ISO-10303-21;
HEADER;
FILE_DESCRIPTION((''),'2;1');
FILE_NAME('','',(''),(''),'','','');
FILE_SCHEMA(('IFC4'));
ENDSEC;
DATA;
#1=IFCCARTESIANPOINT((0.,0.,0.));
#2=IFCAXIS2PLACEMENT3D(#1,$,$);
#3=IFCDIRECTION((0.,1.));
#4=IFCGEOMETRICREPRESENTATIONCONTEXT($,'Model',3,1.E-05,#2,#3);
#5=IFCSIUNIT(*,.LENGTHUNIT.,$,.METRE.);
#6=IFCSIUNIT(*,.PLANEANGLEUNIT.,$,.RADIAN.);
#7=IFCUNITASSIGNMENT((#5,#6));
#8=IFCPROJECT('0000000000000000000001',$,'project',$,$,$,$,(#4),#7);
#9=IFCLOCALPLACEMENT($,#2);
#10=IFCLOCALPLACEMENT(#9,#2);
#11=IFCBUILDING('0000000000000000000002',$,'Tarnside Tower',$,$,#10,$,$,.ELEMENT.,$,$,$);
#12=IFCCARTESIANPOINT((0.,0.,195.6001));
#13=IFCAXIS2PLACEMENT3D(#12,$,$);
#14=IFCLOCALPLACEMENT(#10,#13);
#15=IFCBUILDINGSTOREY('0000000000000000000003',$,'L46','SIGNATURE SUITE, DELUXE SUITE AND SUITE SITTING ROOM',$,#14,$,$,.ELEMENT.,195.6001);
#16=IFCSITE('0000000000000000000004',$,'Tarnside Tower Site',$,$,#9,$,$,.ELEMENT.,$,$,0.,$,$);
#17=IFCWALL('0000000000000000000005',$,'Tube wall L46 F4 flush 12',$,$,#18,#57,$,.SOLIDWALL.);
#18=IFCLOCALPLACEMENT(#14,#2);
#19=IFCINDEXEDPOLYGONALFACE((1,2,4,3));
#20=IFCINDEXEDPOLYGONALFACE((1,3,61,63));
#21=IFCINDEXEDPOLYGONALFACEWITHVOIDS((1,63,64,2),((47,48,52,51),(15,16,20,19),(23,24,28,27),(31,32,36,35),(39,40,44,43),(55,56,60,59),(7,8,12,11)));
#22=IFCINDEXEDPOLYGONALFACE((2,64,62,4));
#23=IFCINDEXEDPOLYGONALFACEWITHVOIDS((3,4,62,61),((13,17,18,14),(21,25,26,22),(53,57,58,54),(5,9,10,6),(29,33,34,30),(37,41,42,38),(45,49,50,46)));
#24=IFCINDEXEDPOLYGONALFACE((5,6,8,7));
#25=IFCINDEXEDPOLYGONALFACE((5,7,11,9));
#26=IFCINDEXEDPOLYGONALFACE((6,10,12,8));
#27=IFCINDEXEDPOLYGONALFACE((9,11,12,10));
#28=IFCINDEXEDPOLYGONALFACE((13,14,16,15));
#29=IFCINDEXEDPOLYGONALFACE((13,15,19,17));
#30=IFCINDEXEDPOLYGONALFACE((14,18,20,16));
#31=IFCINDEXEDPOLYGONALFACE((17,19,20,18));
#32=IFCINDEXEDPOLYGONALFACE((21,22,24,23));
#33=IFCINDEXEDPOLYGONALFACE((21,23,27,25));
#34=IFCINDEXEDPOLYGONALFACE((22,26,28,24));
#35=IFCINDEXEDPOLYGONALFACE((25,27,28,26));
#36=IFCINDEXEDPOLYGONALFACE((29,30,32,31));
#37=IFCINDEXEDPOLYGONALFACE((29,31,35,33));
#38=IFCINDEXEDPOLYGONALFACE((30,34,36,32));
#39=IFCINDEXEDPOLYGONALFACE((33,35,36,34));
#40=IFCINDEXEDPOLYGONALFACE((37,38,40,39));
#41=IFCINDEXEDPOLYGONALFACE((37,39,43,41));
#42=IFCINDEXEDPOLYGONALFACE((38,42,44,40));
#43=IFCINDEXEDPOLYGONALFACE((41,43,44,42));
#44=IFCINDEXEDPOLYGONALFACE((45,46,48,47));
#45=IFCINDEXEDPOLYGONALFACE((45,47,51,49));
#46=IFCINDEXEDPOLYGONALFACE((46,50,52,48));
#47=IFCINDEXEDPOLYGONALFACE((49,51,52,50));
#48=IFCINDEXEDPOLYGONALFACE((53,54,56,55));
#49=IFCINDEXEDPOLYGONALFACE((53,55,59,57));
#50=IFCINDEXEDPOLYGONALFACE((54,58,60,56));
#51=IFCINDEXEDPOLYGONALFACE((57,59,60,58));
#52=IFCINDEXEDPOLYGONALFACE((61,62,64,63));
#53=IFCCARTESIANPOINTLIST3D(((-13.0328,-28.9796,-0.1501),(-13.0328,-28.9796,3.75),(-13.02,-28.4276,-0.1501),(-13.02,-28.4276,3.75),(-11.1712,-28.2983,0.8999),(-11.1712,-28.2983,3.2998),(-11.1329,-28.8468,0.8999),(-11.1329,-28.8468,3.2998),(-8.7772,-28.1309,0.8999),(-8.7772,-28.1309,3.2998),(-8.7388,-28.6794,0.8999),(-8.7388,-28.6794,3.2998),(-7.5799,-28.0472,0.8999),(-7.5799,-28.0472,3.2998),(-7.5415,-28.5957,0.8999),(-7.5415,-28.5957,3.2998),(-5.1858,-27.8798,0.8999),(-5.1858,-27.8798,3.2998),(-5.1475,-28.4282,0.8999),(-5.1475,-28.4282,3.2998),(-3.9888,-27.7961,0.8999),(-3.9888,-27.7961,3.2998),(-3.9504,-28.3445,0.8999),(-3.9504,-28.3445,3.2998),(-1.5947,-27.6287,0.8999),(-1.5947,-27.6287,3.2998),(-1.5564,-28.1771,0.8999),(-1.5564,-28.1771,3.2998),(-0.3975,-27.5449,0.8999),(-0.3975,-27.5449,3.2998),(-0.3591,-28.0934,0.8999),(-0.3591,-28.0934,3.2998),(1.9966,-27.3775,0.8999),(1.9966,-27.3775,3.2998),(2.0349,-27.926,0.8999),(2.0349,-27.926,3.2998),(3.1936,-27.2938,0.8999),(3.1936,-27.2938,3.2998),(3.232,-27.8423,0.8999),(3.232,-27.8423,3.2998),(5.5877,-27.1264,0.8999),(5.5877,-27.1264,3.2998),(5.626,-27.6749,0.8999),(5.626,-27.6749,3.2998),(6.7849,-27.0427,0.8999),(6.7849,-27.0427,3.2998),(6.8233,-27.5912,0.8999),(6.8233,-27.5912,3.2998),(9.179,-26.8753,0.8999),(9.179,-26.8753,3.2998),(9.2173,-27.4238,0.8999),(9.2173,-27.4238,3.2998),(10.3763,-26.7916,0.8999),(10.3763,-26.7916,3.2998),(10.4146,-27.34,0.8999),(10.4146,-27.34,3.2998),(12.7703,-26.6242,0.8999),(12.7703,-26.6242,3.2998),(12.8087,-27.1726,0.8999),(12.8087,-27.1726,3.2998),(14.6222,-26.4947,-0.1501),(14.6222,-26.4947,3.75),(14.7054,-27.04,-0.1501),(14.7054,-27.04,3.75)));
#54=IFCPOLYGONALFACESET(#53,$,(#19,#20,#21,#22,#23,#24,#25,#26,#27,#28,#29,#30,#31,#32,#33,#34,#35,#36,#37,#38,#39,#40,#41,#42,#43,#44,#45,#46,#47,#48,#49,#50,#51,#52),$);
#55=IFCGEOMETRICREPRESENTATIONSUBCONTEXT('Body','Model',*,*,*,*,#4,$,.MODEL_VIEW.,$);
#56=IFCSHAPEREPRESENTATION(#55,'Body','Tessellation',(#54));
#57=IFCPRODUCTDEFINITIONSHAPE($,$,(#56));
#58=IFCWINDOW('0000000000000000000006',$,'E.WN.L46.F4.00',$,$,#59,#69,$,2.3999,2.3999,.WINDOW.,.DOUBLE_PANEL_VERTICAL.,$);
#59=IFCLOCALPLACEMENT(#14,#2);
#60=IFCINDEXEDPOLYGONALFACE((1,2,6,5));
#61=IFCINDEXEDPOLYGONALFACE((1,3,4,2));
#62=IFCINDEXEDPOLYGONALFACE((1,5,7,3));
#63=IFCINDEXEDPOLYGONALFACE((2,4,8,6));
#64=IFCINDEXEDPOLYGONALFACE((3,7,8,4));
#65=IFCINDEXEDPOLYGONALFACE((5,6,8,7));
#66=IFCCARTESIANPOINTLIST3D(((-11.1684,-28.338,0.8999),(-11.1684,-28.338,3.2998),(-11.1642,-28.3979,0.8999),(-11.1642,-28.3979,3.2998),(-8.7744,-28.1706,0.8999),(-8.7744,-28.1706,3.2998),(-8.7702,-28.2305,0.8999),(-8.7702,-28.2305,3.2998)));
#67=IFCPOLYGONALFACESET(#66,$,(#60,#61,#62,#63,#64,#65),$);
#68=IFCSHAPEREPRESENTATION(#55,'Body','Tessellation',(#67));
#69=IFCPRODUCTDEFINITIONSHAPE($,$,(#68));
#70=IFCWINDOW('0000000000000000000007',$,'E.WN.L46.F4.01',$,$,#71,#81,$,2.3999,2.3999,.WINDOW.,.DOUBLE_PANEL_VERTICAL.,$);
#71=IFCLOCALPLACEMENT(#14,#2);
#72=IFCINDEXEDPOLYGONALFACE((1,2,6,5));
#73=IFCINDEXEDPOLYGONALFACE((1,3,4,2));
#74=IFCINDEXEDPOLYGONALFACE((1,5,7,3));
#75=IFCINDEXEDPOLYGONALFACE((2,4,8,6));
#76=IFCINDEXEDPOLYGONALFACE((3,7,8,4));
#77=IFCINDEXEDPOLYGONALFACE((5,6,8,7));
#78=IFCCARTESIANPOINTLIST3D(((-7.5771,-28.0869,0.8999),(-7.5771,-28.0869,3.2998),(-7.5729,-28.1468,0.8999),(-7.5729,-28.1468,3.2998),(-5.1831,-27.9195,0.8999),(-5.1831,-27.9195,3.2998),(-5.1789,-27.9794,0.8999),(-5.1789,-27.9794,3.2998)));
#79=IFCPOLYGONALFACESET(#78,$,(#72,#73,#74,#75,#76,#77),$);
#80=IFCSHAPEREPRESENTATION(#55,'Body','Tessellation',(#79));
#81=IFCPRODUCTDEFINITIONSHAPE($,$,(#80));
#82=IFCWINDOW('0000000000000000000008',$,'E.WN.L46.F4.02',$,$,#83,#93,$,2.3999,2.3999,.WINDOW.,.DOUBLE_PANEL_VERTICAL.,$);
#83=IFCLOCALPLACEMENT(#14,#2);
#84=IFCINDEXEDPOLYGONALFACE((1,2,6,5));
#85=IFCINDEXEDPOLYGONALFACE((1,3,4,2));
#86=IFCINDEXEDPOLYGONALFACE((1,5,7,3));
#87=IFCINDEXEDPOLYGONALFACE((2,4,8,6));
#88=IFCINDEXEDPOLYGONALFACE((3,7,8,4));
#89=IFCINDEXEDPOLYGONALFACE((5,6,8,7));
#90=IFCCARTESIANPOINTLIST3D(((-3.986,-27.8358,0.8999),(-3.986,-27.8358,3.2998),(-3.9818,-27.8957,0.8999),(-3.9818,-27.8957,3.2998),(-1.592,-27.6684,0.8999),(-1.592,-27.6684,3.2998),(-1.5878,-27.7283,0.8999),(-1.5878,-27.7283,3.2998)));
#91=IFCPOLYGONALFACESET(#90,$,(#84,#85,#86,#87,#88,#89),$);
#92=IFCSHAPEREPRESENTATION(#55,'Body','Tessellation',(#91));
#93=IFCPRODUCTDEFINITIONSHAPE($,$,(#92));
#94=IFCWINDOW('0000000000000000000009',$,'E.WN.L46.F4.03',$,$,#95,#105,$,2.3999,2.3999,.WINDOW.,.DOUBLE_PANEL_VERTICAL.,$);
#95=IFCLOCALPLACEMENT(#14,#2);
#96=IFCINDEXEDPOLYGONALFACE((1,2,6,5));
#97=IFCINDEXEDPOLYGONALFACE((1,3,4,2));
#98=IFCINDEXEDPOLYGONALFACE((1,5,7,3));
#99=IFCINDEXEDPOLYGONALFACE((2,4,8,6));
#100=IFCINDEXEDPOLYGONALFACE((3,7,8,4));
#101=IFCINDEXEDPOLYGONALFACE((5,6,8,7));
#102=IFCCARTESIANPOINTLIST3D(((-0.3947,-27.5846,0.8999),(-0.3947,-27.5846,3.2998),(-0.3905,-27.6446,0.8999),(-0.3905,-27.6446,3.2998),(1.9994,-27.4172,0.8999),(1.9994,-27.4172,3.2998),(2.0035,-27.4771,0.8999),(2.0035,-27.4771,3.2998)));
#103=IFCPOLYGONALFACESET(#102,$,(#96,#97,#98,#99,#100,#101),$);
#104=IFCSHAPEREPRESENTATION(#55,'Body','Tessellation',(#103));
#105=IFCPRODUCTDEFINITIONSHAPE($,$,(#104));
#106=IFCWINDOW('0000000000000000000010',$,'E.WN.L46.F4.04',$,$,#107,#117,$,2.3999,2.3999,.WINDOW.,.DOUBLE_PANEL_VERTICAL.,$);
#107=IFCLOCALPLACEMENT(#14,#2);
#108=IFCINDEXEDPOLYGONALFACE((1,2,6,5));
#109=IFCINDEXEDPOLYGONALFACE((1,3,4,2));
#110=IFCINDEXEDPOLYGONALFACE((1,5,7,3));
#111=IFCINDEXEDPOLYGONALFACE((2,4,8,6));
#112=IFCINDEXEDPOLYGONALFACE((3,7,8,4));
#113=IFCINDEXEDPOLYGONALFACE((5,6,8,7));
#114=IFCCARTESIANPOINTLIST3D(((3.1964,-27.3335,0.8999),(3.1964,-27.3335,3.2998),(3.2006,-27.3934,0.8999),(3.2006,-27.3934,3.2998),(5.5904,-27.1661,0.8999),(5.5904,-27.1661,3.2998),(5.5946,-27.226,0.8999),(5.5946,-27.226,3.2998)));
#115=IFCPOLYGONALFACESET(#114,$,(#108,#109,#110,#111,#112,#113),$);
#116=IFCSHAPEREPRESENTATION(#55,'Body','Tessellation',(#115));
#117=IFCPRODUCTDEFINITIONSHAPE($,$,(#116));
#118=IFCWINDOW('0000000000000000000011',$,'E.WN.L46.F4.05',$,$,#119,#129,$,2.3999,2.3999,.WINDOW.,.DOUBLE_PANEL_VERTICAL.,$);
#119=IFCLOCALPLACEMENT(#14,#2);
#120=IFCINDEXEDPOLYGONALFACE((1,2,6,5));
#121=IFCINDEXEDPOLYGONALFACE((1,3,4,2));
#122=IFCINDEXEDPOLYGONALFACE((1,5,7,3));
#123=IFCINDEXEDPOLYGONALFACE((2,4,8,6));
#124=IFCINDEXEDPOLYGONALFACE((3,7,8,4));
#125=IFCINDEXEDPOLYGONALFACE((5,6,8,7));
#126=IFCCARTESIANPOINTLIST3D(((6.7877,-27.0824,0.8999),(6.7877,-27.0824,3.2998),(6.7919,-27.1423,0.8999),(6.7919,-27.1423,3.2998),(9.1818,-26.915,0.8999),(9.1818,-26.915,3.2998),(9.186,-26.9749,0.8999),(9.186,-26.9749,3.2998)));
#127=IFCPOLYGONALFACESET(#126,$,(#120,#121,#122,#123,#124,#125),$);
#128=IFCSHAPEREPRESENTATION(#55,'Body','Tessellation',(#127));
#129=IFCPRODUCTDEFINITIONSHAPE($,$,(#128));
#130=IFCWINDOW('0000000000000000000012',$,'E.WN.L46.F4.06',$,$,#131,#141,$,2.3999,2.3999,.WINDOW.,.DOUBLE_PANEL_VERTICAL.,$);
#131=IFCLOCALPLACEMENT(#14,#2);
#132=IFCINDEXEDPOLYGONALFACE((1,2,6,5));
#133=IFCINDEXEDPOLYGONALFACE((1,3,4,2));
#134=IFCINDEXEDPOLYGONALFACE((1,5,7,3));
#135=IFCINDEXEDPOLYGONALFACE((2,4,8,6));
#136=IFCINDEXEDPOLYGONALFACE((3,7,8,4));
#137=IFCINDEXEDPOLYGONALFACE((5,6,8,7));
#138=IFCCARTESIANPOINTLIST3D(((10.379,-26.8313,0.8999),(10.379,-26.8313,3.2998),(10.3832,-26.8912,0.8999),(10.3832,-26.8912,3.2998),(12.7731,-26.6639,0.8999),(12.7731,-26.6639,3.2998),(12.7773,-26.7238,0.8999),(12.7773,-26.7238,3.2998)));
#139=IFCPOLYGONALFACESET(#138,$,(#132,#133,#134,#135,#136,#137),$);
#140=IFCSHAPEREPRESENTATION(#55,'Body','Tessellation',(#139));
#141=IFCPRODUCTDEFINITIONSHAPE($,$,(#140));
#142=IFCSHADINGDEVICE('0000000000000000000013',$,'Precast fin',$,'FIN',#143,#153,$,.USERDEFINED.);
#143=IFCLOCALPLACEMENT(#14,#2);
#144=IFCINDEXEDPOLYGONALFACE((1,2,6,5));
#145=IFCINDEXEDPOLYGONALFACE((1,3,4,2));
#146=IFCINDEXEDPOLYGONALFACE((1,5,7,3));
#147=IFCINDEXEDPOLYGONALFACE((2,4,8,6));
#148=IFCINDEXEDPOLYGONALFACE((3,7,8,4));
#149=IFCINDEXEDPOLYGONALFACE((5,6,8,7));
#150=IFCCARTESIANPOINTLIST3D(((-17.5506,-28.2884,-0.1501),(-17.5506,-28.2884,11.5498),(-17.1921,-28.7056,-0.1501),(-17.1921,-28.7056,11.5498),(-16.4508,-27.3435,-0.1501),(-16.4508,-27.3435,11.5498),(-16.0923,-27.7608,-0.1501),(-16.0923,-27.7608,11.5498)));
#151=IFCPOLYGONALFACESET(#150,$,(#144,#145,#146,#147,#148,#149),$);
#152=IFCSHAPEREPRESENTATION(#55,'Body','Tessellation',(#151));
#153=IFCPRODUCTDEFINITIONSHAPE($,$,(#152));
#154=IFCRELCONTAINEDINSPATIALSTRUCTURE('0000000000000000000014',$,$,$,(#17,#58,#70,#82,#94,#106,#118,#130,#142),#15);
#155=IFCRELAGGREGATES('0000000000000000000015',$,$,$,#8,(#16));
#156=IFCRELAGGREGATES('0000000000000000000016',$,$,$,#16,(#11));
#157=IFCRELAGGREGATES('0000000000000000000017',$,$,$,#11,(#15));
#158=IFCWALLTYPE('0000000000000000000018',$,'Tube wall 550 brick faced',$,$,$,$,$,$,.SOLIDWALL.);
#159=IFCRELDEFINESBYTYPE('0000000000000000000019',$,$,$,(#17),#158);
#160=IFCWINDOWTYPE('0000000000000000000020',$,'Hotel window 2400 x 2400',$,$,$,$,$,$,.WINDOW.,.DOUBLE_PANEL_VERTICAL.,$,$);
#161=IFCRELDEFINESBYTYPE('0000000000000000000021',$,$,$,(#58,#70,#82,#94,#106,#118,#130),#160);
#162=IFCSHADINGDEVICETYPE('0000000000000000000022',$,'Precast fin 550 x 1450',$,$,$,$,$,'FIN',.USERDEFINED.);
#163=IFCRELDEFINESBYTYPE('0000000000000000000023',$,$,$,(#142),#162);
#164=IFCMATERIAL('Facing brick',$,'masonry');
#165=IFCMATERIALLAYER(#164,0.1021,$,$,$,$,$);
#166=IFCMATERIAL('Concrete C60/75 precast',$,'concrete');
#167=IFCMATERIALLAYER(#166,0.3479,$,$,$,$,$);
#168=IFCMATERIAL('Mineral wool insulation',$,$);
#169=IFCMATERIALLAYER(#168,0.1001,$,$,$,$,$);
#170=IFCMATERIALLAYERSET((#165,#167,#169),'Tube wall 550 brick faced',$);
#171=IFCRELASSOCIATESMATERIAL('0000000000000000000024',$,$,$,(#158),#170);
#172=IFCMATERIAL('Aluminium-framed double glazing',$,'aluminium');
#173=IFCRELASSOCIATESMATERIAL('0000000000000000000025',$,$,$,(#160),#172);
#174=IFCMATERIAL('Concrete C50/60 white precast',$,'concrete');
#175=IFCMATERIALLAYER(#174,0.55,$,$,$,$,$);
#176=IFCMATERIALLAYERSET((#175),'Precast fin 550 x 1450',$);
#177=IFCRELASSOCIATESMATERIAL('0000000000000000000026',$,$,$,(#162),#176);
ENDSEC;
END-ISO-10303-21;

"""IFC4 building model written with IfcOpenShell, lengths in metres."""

from ifc_helpers import new_model, si_unit, direction, frame, frame_2d, origin, place, context, subcontext, project, spatial, polyline, rectangle, outline, extrude, material, layer, layer_set, type_object, element, fill, save


model = new_model("IFC4")

# Units and contexts
model_context = context("Model", 3, precision=1e-05, world=origin(), true_north=direction((0.0, 1.0)))
body_context = subcontext(model_context, "Body", "Model", "MODEL_VIEW")
ifc_project = project(units=[si_unit("LENGTHUNIT", "METRE"), si_unit("PLANEANGLEUNIT", "RADIAN")], contexts=[model_context])

# Site, building, storey
site_placement = place(None, origin())
site = spatial("IfcSite", under=ifc_project, at=site_placement, Name="Tarnside Tower Site", CompositionType="ELEMENT", RefElevation=0.0)
building_placement = place(site_placement, origin())
building = spatial("IfcBuilding", under=site, at=building_placement, Name="Tarnside Tower", CompositionType="ELEMENT")
storey_placement = place(building_placement, frame((0.0, 0.0, 195.6001)))
storey = spatial("IfcBuildingStorey", under=building, at=storey_placement, Name="L46", Description="SIGNATURE SUITE, DELUXE SUITE AND SUITE SITTING ROOM", CompositionType="ELEMENT", Elevation=195.6001)

# Shared definitions
ifc_material_1 = material(Name="Facing brick", Category="masonry")
ifc_layer_1 = layer(ifc_material_1, 0.1021)
ifc_material_2 = material(Name="Concrete C60/75 precast", Category="concrete")
ifc_layer_2 = layer(ifc_material_2, 0.3479)
ifc_material_3 = material(Name="Mineral wool insulation")
ifc_layer_3 = layer(ifc_material_3, 0.1001)
ifc_layer_set_1 = layer_set([ifc_layer_1, ifc_layer_2, ifc_layer_3], Name="Tube wall 550 brick faced")
wall_type_1 = type_object("IfcWallType", Name="Tube wall 550 brick faced", PredefinedType="SOLIDWALL", material=ifc_layer_set_1)

# Wall, openings, windows
wall_1_placement = place(storey_placement, frame((-13.0264, -28.7036, -0.1501), z_axis=(0.0, 0.0, 1.0), x_axis=(0.997564, 0.069756, 0.0)))
wall_1 = element("IfcWall", 1, at=wall_1_placement, inside=storey, type_object=wall_type_1, Name="Tube wall L46 F4 flush 12", PredefinedType="SOLIDWALL", context=body_context, shape_type="SweptSolid", body=[
    extrude(outline(polyline([(-0.0256, -0.2749), (27.7803, -0.2749), (27.7354, 0.2749), (0.0256, 0.2749), (-0.0256, -0.2749)])), origin(), (0.0, 0.0, 1.0), 3.9001),
])
opening_1_placement = place(wall_1_placement, frame((1.8789, 0.0, 1.05)))
opening_1 = element("IfcOpeningElement", 2, at=opening_1_placement, cuts=wall_1, PredefinedType="OPENING", context=body_context, shape_type="SweptSolid", body=[
    extrude(rectangle(XDim=2.3999, YDim=2.3999, at=frame_2d((1.2, 1.2))), frame((0.0, 0.2852, 0.0), z_axis=(0.0, -1.0, 0.0), x_axis=(1.0, 0.0, 0.0)), (0.0, 0.0, 1.0), 0.5701),
])
opening_2_placement = place(wall_1_placement, frame((5.479, 0.0, 1.05)))
opening_2 = element("IfcOpeningElement", 3, at=opening_2_placement, cuts=wall_1, PredefinedType="OPENING", context=body_context, shape_type="SweptSolid", body=[
    extrude(rectangle(XDim=2.3999, YDim=2.3999, at=frame_2d((1.2, 1.2))), frame((0.0, 0.2852, 0.0), z_axis=(0.0, -1.0, 0.0), x_axis=(1.0, 0.0, 0.0)), (0.0, 0.0, 1.0), 0.5701),
])
opening_3_placement = place(wall_1_placement, frame((9.0789, 0.0, 1.05)))
opening_3 = element("IfcOpeningElement", 4, at=opening_3_placement, cuts=wall_1, PredefinedType="OPENING", context=body_context, shape_type="SweptSolid", body=[
    extrude(rectangle(XDim=2.3999, YDim=2.3999, at=frame_2d((1.2, 1.2))), frame((0.0, 0.2852, 0.0), z_axis=(0.0, -1.0, 0.0), x_axis=(1.0, 0.0, 0.0)), (0.0, 0.0, 1.0), 0.5701),
])
opening_4_placement = place(wall_1_placement, frame((12.679, 0.0, 1.05)))
opening_4 = element("IfcOpeningElement", 5, at=opening_4_placement, cuts=wall_1, PredefinedType="OPENING", context=body_context, shape_type="SweptSolid", body=[
    extrude(rectangle(XDim=2.3999, YDim=2.3999, at=frame_2d((1.2, 1.2))), frame((0.0, 0.2852, 0.0), z_axis=(0.0, -1.0, 0.0), x_axis=(1.0, 0.0, 0.0)), (0.0, 0.0, 1.0), 0.5701),
])
opening_5_placement = place(wall_1_placement, frame((16.2788, 0.0, 1.05)))
opening_5 = element("IfcOpeningElement", 6, at=opening_5_placement, cuts=wall_1, PredefinedType="OPENING", context=body_context, shape_type="SweptSolid", body=[
    extrude(rectangle(XDim=2.3999, YDim=2.3999, at=frame_2d((1.2, 1.2))), frame((0.0, 0.2852, 0.0), z_axis=(0.0, -1.0, 0.0), x_axis=(1.0, 0.0, 0.0)), (0.0, 0.0, 1.0), 0.5701),
])
opening_6_placement = place(wall_1_placement, frame((19.8789, 0.0, 1.05)))
opening_6 = element("IfcOpeningElement", 7, at=opening_6_placement, cuts=wall_1, PredefinedType="OPENING", context=body_context, shape_type="SweptSolid", body=[
    extrude(rectangle(XDim=2.3999, YDim=2.3999, at=frame_2d((1.2, 1.2))), frame((0.0, 0.2852, 0.0), z_axis=(0.0, -1.0, 0.0), x_axis=(1.0, 0.0, 0.0)), (0.0, 0.0, 1.0), 0.5701),
])
opening_7_placement = place(wall_1_placement, frame((23.479, 0.0, 1.05)))
opening_7 = element("IfcOpeningElement", 8, at=opening_7_placement, cuts=wall_1, PredefinedType="OPENING", context=body_context, shape_type="SweptSolid", body=[
    extrude(rectangle(XDim=2.3999, YDim=2.3999, at=frame_2d((1.2, 1.2))), frame((0.0, 0.2852, 0.0), z_axis=(0.0, -1.0, 0.0), x_axis=(1.0, 0.0, 0.0)), (0.0, 0.0, 1.0), 0.5701),
])
ifc_material_4 = material(Name="Aluminium-framed double glazing", Category="aluminium")
window_type = type_object("IfcWindowType", Name="Hotel window 2400 x 2400", PartitioningType="DOUBLE_PANEL_VERTICAL", PredefinedType="WINDOW", material=ifc_material_4)
window_1_placement = place(opening_1_placement, frame((0.0, 0.2051, 0.0)))
window_1 = element("IfcWindow", 9, at=window_1_placement, inside=storey, type_object=window_type, Name="E.WN.L46.F4.00", OverallHeight=2.3999, OverallWidth=2.3999, PartitioningType="DOUBLE_PANEL_VERTICAL", PredefinedType="WINDOW", context=body_context, shape_type="SweptSolid", body=[
    extrude(rectangle(XDim=2.3999, YDim=2.3999, at=frame_2d((1.2, 1.2))), frame((0.0, 0.03, 0.0), z_axis=(0.0, -1.0, 0.0), x_axis=(1.0, 0.0, 0.0)), (0.0, 0.0, 1.0), 0.0601),
])
fill(opening_1, window_1)
window_2_placement = place(opening_2_placement, frame((0.0, 0.2051, 0.0)))
window_2 = element("IfcWindow", 10, at=window_2_placement, inside=storey, type_object=window_type, Name="E.WN.L46.F4.01", OverallHeight=2.3999, OverallWidth=2.3999, PartitioningType="DOUBLE_PANEL_VERTICAL", PredefinedType="WINDOW", context=body_context, shape_type="SweptSolid", body=[
    extrude(rectangle(XDim=2.3999, YDim=2.3999, at=frame_2d((1.2, 1.2))), frame((0.0, 0.03, 0.0), z_axis=(0.0, -1.0, 0.0), x_axis=(1.0, 0.0, 0.0)), (0.0, 0.0, 1.0), 0.0601),
])
fill(opening_2, window_2)
window_3_placement = place(opening_3_placement, frame((0.0, 0.2051, 0.0)))
window_3 = element("IfcWindow", 11, at=window_3_placement, inside=storey, type_object=window_type, Name="E.WN.L46.F4.02", OverallHeight=2.3999, OverallWidth=2.3999, PartitioningType="DOUBLE_PANEL_VERTICAL", PredefinedType="WINDOW", context=body_context, shape_type="SweptSolid", body=[
    extrude(rectangle(XDim=2.3999, YDim=2.3999, at=frame_2d((1.2, 1.2))), frame((0.0, 0.03, 0.0), z_axis=(0.0, -1.0, 0.0), x_axis=(1.0, 0.0, 0.0)), (0.0, 0.0, 1.0), 0.0601),
])
fill(opening_3, window_3)
window_4_placement = place(opening_4_placement, frame((0.0, 0.2051, 0.0)))
window_4 = element("IfcWindow", 12, at=window_4_placement, inside=storey, type_object=window_type, Name="E.WN.L46.F4.03", OverallHeight=2.3999, OverallWidth=2.3999, PartitioningType="DOUBLE_PANEL_VERTICAL", PredefinedType="WINDOW", context=body_context, shape_type="SweptSolid", body=[
    extrude(rectangle(XDim=2.3999, YDim=2.3999, at=frame_2d((1.2, 1.2))), frame((0.0, 0.03, 0.0), z_axis=(0.0, -1.0, 0.0), x_axis=(1.0, 0.0, 0.0)), (0.0, 0.0, 1.0), 0.0601),
])
fill(opening_4, window_4)
window_5_placement = place(opening_5_placement, frame((0.0, 0.2051, 0.0)))
window_5 = element("IfcWindow", 13, at=window_5_placement, inside=storey, type_object=window_type, Name="E.WN.L46.F4.04", OverallHeight=2.3999, OverallWidth=2.3999, PartitioningType="DOUBLE_PANEL_VERTICAL", PredefinedType="WINDOW", context=body_context, shape_type="SweptSolid", body=[
    extrude(rectangle(XDim=2.3999, YDim=2.3999, at=frame_2d((1.2, 1.2))), frame((0.0, 0.03, 0.0), z_axis=(0.0, -1.0, 0.0), x_axis=(1.0, 0.0, 0.0)), (0.0, 0.0, 1.0), 0.0601),
])
fill(opening_5, window_5)
window_6_placement = place(opening_6_placement, frame((0.0, 0.2051, 0.0)))
window_6 = element("IfcWindow", 14, at=window_6_placement, inside=storey, type_object=window_type, Name="E.WN.L46.F4.05", OverallHeight=2.3999, OverallWidth=2.3999, PartitioningType="DOUBLE_PANEL_VERTICAL", PredefinedType="WINDOW", context=body_context, shape_type="SweptSolid", body=[
    extrude(rectangle(XDim=2.3999, YDim=2.3999, at=frame_2d((1.2, 1.2))), frame((0.0, 0.03, 0.0), z_axis=(0.0, -1.0, 0.0), x_axis=(1.0, 0.0, 0.0)), (0.0, 0.0, 1.0), 0.0601),
])
fill(opening_6, window_6)
window_7_placement = place(opening_7_placement, frame((0.0, 0.2051, 0.0)))
window_7 = element("IfcWindow", 15, at=window_7_placement, inside=storey, type_object=window_type, Name="E.WN.L46.F4.06", OverallHeight=2.3999, OverallWidth=2.3999, PartitioningType="DOUBLE_PANEL_VERTICAL", PredefinedType="WINDOW", context=body_context, shape_type="SweptSolid", body=[
    extrude(rectangle(XDim=2.3999, YDim=2.3999, at=frame_2d((1.2, 1.2))), frame((0.0, 0.03, 0.0), z_axis=(0.0, -1.0, 0.0), x_axis=(1.0, 0.0, 0.0)), (0.0, 0.0, 1.0), 0.0601),
])
fill(opening_7, window_7)

# Shading device
ifc_material_5 = material(Name="Concrete C50/60 white precast", Category="concrete")
ifc_layer_4 = layer(ifc_material_5, 0.55)
ifc_layer_set_2 = layer_set([ifc_layer_4], Name="Precast fin 550 x 1450")
shading_device_type_1 = type_object("IfcShadingDeviceType", Name="Precast fin 550 x 1450", ElementType="FIN", PredefinedType="USERDEFINED", material=ifc_layer_set_2)
for number, where, z_axis, x_axis, name in (
    (16, (-16.2715, -27.5522, -0.1501), (-0.651657, 0.758514, 0.0), (-0.758514, -0.651657, 0.0), "Precast fin"),
):
    element("IfcShadingDevice", number, at=place(storey_placement, frame(where, z_axis=z_axis, x_axis=x_axis)), inside=storey, type_object=shading_device_type_1, Name=name, ObjectType="FIN", PredefinedType="USERDEFINED", context=body_context, shape_type="SweptSolid", body=[
        extrude(outline(polyline([(0.0, 0.0), (1.45, 0.0), (1.45, 11.7), (0.0, 11.7), (0.0, 0.0)])), frame((0.0, 0.0, -0.2749)), (0.0, 0.0, 1.0), 0.55),
    ])

save(model, "model.ifc")
